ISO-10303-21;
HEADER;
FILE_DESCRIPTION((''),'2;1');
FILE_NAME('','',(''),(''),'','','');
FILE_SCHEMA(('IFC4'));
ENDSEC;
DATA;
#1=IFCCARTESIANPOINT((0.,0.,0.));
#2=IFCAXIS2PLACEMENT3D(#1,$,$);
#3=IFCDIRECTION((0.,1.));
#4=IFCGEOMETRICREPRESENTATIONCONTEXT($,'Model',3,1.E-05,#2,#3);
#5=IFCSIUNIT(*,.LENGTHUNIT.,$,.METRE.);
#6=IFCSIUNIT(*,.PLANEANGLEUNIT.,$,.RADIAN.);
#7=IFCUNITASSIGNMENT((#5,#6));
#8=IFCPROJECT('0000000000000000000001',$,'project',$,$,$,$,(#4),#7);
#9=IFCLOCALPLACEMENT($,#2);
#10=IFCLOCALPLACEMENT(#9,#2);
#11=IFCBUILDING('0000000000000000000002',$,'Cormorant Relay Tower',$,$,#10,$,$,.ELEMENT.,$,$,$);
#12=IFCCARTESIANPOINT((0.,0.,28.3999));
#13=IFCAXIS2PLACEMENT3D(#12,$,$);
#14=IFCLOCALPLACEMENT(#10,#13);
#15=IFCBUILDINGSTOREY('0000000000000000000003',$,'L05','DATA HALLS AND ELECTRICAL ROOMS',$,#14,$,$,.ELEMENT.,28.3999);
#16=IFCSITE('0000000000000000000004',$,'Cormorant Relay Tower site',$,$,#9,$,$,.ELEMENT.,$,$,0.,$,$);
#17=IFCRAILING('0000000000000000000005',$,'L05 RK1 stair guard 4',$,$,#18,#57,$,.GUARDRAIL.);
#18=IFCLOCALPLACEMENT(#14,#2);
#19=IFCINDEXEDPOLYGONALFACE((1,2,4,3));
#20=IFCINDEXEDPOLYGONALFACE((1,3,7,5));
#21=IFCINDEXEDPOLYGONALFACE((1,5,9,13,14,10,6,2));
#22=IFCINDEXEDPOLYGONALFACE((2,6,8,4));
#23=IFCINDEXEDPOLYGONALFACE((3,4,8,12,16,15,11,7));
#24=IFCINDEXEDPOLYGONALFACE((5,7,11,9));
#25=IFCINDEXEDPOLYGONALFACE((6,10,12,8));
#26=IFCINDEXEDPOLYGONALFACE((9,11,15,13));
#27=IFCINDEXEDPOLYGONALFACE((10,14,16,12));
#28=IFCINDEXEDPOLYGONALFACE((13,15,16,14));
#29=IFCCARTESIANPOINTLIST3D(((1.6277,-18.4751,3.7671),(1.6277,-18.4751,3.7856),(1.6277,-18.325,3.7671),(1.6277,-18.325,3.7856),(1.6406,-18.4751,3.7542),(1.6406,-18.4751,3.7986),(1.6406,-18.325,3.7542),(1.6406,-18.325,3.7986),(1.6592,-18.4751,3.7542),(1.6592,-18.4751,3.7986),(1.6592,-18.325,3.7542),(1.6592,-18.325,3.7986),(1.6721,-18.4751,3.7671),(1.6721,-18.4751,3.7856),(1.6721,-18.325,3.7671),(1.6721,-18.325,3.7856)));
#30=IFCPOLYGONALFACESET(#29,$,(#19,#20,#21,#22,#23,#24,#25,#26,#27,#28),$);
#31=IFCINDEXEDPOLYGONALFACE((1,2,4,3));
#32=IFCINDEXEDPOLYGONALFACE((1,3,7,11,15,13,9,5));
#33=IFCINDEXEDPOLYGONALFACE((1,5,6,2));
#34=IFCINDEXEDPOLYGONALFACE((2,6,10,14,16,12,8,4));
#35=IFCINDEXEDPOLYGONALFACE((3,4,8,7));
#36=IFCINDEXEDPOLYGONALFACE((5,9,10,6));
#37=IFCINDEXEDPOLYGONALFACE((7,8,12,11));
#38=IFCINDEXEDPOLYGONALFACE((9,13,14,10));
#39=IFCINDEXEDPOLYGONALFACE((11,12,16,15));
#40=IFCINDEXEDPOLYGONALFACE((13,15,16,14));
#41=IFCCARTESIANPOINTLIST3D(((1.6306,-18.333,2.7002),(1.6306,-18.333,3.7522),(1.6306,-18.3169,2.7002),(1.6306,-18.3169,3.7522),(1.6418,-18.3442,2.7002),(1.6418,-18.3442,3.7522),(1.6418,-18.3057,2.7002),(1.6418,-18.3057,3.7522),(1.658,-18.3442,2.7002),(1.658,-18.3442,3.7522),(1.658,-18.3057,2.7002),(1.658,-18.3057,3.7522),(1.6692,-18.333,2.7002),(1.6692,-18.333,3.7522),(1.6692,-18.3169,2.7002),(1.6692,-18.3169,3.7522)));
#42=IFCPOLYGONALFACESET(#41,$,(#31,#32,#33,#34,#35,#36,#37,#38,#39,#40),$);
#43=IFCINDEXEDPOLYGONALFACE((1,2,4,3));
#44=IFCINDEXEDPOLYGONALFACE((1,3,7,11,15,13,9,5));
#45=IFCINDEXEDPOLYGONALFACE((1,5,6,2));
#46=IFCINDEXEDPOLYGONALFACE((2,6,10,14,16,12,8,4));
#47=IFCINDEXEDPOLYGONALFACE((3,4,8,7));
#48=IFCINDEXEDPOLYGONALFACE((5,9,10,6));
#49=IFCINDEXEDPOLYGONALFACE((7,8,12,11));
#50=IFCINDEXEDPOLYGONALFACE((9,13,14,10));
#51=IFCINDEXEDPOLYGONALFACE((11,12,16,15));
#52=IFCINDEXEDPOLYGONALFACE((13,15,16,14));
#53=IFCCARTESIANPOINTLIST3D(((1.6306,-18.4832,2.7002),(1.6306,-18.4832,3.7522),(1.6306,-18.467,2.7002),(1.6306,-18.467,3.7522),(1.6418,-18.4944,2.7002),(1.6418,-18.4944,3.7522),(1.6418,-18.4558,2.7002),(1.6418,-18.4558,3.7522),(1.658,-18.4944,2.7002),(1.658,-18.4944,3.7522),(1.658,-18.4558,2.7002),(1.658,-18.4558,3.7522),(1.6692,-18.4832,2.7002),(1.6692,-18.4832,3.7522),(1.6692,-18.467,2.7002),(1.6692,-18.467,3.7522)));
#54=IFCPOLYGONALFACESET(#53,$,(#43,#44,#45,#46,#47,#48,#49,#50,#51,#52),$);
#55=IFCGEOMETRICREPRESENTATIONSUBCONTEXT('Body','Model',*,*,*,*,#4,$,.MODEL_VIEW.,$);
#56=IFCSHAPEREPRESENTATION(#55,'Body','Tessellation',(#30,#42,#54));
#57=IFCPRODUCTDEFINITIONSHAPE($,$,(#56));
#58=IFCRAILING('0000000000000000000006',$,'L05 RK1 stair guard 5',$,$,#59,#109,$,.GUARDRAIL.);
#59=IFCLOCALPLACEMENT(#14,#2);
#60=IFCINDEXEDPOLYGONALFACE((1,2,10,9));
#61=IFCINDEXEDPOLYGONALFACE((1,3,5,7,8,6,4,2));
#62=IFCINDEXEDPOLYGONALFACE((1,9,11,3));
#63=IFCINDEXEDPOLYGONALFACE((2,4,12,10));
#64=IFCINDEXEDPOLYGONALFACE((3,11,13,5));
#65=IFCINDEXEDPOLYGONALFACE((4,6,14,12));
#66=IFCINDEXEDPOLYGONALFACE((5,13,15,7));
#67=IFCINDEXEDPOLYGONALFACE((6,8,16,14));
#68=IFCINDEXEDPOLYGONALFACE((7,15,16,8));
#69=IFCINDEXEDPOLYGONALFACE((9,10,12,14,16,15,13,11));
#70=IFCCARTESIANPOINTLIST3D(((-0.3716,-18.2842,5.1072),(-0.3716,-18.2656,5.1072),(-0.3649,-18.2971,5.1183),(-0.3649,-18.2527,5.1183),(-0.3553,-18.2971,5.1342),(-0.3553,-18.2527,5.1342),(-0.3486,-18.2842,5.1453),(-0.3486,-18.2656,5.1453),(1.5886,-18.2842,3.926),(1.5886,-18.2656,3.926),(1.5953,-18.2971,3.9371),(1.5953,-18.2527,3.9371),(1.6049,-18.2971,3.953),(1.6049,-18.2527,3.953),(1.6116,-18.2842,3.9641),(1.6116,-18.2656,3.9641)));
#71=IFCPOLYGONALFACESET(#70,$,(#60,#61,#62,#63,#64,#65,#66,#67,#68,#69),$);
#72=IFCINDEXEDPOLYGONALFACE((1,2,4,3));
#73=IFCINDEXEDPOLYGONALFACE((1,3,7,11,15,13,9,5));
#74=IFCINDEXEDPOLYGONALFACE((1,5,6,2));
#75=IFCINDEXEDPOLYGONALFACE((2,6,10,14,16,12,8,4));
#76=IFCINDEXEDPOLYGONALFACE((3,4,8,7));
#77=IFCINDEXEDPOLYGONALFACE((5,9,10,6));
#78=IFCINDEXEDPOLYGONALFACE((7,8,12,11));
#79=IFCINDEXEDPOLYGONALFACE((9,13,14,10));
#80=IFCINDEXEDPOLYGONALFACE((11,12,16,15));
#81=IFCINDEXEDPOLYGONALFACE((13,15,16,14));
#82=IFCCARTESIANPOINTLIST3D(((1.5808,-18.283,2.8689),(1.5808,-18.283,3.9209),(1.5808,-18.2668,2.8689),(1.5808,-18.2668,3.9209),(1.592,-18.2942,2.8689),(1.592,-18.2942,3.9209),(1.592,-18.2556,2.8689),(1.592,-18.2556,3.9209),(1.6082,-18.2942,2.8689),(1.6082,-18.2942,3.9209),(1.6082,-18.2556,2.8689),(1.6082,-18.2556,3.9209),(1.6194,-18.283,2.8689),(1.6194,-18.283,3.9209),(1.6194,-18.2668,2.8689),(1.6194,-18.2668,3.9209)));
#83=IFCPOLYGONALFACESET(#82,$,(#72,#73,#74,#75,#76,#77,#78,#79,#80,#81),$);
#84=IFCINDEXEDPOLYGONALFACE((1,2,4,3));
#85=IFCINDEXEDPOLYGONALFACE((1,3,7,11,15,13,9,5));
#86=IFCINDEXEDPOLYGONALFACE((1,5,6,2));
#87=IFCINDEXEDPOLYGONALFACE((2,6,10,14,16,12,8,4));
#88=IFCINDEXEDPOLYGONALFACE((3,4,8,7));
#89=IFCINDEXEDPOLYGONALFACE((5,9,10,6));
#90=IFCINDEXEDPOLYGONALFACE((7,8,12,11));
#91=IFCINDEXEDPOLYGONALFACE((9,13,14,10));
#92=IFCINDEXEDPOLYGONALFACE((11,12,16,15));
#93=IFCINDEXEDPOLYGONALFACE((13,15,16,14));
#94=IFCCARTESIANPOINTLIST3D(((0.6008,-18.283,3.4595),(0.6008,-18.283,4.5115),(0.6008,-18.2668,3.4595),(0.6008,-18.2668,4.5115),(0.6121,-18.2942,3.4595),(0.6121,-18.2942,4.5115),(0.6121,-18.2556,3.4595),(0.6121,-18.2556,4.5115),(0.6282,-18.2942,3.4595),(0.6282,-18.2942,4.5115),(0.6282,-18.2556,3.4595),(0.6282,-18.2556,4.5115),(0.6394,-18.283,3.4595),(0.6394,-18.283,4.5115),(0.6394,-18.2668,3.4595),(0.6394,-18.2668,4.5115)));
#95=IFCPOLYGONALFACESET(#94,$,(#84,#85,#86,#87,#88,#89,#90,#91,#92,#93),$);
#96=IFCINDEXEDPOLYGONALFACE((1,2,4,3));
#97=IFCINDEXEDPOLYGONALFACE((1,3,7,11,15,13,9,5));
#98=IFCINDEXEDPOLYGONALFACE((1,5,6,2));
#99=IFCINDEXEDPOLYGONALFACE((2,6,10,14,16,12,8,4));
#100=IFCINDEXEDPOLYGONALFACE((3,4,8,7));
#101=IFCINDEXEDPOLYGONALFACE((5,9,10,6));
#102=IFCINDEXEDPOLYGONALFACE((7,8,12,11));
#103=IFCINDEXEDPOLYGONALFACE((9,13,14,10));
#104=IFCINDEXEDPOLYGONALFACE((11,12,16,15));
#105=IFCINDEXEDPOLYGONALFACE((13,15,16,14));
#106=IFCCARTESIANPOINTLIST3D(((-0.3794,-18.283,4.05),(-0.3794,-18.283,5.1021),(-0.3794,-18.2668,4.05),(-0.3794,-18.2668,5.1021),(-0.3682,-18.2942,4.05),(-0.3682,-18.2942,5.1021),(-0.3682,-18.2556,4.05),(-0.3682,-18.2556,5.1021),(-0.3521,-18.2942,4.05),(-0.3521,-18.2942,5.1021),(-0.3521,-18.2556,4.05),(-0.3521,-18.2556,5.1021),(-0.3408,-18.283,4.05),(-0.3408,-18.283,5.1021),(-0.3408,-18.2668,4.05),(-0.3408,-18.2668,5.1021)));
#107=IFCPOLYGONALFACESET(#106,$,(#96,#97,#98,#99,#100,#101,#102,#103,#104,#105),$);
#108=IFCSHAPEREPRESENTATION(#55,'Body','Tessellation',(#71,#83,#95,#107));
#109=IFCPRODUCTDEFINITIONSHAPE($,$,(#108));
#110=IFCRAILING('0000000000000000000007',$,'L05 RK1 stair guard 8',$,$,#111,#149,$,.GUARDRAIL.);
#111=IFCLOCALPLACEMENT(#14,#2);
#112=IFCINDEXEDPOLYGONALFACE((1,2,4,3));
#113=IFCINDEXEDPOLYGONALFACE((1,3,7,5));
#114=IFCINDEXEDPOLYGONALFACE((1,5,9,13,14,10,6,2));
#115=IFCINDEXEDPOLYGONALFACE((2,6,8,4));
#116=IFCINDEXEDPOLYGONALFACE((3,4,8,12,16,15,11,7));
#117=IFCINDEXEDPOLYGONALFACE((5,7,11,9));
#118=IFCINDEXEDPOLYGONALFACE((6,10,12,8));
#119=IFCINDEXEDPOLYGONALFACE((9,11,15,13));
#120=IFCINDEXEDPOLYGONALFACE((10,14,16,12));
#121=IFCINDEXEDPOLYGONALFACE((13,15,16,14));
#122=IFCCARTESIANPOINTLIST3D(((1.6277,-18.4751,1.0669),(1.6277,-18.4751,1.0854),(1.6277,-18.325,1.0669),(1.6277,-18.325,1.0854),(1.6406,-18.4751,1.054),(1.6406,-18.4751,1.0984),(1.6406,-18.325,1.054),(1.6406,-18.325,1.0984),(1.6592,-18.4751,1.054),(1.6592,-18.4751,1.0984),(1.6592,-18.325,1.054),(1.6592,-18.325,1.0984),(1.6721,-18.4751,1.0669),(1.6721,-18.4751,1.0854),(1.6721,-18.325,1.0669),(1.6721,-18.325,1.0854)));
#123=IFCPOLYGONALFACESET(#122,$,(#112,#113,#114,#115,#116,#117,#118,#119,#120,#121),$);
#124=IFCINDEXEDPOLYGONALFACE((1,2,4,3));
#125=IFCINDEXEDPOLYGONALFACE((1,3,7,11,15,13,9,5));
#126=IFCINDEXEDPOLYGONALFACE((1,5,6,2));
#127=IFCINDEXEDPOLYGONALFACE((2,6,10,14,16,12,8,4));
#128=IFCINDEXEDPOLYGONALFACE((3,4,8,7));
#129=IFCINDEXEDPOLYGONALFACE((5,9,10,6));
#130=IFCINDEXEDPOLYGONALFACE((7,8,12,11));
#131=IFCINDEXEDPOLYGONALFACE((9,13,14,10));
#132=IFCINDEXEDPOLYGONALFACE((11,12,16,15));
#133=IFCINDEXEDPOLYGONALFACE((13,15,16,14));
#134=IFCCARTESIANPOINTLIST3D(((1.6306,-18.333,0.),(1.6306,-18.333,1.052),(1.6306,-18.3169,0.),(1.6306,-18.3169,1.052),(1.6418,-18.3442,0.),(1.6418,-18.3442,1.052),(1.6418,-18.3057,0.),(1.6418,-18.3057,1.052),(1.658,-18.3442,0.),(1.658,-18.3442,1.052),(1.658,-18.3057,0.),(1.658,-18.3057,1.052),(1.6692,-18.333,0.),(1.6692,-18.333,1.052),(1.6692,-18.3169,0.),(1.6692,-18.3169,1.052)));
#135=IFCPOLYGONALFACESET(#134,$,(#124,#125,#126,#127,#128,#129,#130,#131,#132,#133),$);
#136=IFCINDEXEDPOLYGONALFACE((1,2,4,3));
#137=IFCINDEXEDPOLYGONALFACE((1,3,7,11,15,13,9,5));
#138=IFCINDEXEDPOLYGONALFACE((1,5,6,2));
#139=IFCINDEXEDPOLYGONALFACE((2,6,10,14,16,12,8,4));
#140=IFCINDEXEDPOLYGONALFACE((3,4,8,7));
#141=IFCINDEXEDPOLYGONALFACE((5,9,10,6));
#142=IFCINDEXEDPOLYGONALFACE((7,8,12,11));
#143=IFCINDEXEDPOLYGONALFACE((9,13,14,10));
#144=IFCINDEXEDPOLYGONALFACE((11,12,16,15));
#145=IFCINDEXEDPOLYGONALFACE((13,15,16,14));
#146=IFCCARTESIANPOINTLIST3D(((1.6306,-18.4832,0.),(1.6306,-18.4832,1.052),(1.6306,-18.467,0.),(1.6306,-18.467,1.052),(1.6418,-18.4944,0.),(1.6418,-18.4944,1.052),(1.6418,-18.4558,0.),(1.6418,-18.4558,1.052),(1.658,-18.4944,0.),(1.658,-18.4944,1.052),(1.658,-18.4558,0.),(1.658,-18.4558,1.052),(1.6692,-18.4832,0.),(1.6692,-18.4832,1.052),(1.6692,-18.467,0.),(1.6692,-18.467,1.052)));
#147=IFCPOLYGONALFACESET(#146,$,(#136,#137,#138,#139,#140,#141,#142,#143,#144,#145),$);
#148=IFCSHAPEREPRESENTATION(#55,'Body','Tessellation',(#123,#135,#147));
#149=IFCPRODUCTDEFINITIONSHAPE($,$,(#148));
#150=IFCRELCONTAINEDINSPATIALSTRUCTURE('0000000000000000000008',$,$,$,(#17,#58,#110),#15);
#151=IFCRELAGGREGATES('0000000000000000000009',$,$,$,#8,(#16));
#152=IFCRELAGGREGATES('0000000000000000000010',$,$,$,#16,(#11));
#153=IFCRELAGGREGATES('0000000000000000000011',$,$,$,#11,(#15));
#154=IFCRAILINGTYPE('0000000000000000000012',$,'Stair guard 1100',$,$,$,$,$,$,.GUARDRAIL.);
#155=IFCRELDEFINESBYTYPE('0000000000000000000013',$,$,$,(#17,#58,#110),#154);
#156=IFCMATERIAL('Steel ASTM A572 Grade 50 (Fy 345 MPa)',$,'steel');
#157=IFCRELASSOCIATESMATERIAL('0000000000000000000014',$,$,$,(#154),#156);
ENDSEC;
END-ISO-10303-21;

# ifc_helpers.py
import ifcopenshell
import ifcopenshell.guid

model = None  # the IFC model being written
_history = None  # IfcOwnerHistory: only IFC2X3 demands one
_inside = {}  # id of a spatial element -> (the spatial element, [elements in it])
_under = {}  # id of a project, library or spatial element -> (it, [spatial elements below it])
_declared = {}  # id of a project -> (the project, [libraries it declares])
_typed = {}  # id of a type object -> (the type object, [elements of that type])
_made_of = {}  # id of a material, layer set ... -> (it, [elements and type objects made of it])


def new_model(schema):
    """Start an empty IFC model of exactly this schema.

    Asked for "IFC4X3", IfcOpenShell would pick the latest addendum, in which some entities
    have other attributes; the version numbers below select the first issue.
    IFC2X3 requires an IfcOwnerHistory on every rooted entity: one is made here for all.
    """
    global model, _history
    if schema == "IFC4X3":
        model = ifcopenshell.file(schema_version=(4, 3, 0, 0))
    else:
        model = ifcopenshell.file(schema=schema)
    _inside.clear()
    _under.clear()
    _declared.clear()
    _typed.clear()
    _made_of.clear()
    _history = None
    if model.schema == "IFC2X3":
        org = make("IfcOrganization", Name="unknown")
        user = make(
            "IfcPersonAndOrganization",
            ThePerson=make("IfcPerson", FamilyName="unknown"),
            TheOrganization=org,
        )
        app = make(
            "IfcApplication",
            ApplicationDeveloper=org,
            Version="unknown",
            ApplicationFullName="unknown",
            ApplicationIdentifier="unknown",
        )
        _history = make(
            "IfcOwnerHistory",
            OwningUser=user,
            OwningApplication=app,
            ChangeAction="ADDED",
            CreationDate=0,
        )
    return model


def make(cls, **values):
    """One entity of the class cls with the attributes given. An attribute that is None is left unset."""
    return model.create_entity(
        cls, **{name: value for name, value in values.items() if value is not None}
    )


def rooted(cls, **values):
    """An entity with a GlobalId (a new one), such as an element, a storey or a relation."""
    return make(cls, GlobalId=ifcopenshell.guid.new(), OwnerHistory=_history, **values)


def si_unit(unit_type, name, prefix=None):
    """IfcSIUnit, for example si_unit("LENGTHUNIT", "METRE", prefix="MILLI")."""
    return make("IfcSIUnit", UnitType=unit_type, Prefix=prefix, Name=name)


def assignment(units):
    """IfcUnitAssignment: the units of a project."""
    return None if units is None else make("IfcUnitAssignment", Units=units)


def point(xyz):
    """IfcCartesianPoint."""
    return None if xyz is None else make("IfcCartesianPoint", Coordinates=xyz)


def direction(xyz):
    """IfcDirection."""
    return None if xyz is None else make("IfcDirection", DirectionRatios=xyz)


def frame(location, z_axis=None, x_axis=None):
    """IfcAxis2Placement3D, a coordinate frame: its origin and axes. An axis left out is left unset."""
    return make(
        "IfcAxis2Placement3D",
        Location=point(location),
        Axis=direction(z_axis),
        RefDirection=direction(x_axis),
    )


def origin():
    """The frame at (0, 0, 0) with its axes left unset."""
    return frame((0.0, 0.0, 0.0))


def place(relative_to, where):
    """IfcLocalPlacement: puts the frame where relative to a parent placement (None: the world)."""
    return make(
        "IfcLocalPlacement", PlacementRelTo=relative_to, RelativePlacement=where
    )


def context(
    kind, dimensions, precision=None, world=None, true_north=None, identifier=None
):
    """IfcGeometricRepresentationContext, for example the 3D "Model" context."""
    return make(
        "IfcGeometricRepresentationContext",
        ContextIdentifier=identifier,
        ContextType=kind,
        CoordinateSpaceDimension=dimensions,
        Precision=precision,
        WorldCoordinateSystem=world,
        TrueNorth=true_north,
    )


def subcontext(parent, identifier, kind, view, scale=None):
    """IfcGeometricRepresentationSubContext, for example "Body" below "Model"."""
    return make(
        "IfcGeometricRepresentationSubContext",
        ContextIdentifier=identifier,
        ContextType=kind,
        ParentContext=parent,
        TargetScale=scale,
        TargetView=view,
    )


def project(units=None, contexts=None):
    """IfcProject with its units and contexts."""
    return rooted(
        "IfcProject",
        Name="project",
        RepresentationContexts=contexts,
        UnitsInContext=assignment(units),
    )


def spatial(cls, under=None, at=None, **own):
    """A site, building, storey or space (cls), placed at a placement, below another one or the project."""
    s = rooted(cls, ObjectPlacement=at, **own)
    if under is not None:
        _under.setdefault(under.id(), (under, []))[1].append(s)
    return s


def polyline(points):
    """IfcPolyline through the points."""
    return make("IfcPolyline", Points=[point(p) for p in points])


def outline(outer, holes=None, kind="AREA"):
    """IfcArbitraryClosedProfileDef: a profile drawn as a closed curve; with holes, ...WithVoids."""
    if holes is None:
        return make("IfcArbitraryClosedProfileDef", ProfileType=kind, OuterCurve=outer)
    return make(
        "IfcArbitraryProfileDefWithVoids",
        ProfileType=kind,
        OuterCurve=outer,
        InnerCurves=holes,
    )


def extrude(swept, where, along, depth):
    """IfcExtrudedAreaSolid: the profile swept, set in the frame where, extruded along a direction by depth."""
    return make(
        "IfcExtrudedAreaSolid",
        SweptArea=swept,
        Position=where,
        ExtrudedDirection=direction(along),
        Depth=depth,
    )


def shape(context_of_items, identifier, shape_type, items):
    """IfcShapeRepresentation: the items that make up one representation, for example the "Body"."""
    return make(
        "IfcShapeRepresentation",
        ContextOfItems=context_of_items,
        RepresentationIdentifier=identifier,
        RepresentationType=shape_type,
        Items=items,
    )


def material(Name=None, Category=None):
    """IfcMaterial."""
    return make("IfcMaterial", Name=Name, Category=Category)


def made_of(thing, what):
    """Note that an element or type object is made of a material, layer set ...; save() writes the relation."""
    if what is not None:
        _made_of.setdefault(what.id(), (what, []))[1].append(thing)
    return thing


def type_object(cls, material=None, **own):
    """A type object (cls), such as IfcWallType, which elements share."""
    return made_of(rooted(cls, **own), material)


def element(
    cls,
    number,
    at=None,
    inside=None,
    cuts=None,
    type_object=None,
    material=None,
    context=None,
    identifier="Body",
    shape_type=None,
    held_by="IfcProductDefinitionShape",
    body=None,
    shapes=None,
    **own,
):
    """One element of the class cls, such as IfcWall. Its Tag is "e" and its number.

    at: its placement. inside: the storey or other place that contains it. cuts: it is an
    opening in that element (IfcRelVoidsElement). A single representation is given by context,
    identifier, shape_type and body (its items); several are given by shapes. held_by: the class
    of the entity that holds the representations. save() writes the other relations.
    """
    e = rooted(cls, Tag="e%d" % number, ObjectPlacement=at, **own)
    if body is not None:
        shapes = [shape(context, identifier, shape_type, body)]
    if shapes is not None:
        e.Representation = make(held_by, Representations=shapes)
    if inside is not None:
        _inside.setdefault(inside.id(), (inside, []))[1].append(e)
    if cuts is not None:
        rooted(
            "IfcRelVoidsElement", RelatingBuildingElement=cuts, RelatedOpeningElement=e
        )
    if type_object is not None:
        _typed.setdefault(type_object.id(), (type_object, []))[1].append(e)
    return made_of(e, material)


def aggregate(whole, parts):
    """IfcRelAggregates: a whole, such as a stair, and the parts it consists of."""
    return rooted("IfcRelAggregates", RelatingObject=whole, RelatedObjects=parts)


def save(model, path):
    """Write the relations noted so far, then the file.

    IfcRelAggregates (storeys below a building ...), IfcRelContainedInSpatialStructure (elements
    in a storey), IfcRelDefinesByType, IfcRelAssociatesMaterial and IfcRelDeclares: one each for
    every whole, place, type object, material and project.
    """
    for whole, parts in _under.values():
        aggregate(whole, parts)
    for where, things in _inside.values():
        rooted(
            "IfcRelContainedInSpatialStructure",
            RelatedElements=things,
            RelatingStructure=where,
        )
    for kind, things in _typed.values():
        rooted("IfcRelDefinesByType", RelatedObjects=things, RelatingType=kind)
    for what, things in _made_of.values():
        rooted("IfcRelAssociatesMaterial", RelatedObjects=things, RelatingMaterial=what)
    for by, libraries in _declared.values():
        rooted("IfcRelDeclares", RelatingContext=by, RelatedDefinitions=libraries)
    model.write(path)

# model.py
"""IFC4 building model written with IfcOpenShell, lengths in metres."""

from ifc_helpers import new_model, si_unit, direction, frame, origin, place, context, subcontext, project, spatial, polyline, outline, extrude, material, type_object, element, save


model = new_model("IFC4")

# Units and contexts
model_context = context("Model", 3, precision=1e-05, world=origin(), true_north=direction((0.0, 1.0)))
body_context = subcontext(model_context, "Body", "Model", "MODEL_VIEW")
ifc_project = project(units=[si_unit("LENGTHUNIT", "METRE"), si_unit("PLANEANGLEUNIT", "RADIAN")], contexts=[model_context])

# Site, building, storey
site_placement = place(None, origin())
site = spatial("IfcSite", under=ifc_project, at=site_placement, Name="Cormorant Relay Tower site", CompositionType="ELEMENT", RefElevation=0.0)
building_placement = place(site_placement, origin())
building = spatial("IfcBuilding", under=site, at=building_placement, Name="Cormorant Relay Tower", CompositionType="ELEMENT")
storey_placement = place(building_placement, frame((0.0, 0.0, 28.3999)))
storey = spatial("IfcBuildingStorey", under=building, at=storey_placement, Name="L05", Description="DATA HALLS AND ELECTRICAL ROOMS", CompositionType="ELEMENT", Elevation=28.3999)

# Railings
ifc_material_1 = material(Name="Steel ASTM A572 Grade 50 (Fy 345 MPa)", Category="steel")
railing_type_1 = type_object("IfcRailingType", Name="Stair guard 1100", PredefinedType="GUARDRAIL", material=ifc_material_1)
railing_1_placement = place(storey_placement, frame((1.6499, -18.325, 2.7002)))
element("IfcRailing", 1, at=railing_1_placement, inside=storey, type_object=railing_type_1, Name="L05 RK1 stair guard 4", PredefinedType="GUARDRAIL", context=body_context, shape_type="SweptSolid", body=[
    extrude(outline(polyline([(0.0222, 0.0093), (0.0093, 0.0222), (-0.0093, 0.0222), (-0.0222, 0.0093), (-0.0222, -0.0093), (-0.0093, -0.0222), (0.0093, -0.0222), (0.0222, -0.0093), (0.0222, 0.0093)])), frame((0.0, 0.0, 1.0762), z_axis=(0.0, -1.0, 0.0), x_axis=(1.0, 0.0, 0.0)), (0.0, 0.0, 1.0), 0.1501),
    extrude(outline(polyline([(0.0193, 0.0081), (0.0081, 0.0193), (-0.0081, 0.0193), (-0.0193, 0.0081), (-0.0193, -0.0081), (-0.0081, -0.0193), (0.0081, -0.0193), (0.0193, -0.0081), (0.0193, 0.0081)])), origin(), (0.0, 0.0, 1.0), 1.052),
    extrude(outline(polyline([(0.0193, 0.0081), (0.0081, 0.0193), (-0.0081, 0.0193), (-0.0193, 0.0081), (-0.0193, -0.0081), (-0.0081, -0.0193), (0.0081, -0.0193), (0.0193, -0.0081), (0.0193, 0.0081)])), frame((0.0, -0.1501, 0.0)), (0.0, 0.0, 1.0), 1.052),
])
railing_2_placement = place(storey_placement, frame((1.6001, -18.2749, 2.8689)))
element("IfcRailing", 2, at=railing_2_placement, inside=storey, type_object=railing_type_1, Name="L05 RK1 stair guard 5", PredefinedType="GUARDRAIL", context=body_context, shape_type="SweptSolid", body=[
    extrude(outline(polyline([(0.0222, 0.0093), (0.0093, 0.0222), (-0.0093, 0.0222), (-0.0222, 0.0093), (-0.0222, -0.0093), (-0.0093, -0.0222), (0.0093, -0.0222), (0.0222, -0.0093), (0.0222, 0.0093)])), frame((0.0, 0.0, 1.0762), z_axis=(-0.856522, 0.0, 0.516111), x_axis=(0.0, -1.0, 0.0)), (0.0, 0.0, 1.0), 2.2886),
    extrude(outline(polyline([(0.0193, 0.0081), (0.0081, 0.0193), (-0.0081, 0.0193), (-0.0193, 0.0081), (-0.0193, -0.0081), (-0.0081, -0.0193), (0.0081, -0.0193), (0.0193, -0.0081), (0.0193, 0.0081)])), origin(), (0.0, 0.0, 1.0), 1.052),
    extrude(outline(polyline([(0.0193, 0.0081), (0.0081, 0.0193), (-0.0081, 0.0193), (-0.0193, 0.0081), (-0.0193, -0.0081), (-0.0081, -0.0193), (0.0081, -0.0193), (0.0193, -0.0081), (0.0193, 0.0081)])), frame((-0.98, 0.0, 0.5906)), (0.0, 0.0, 1.0), 1.052),
    extrude(outline(polyline([(0.0193, 0.0081), (0.0081, 0.0193), (-0.0081, 0.0193), (-0.0193, 0.0081), (-0.0193, -0.0081), (-0.0081, -0.0193), (0.0081, -0.0193), (0.0193, -0.0081), (0.0193, 0.0081)])), frame((-1.9602, 0.0, 1.1812)), (0.0, 0.0, 1.0), 1.052),
])
railing_3_placement = place(storey_placement, frame((1.6499, -18.325, 0.0)))
element("IfcRailing", 3, at=railing_3_placement, inside=storey, type_object=railing_type_1, Name="L05 RK1 stair guard 8", PredefinedType="GUARDRAIL", context=body_context, shape_type="SweptSolid", body=[
    extrude(outline(polyline([(0.0222, 0.0093), (0.0093, 0.0222), (-0.0093, 0.0222), (-0.0222, 0.0093), (-0.0222, -0.0093), (-0.0093, -0.0222), (0.0093, -0.0222), (0.0222, -0.0093), (0.0222, 0.0093)])), frame((0.0, 0.0, 1.0762), z_axis=(0.0, -1.0, 0.0), x_axis=(1.0, 0.0, 0.0)), (0.0, 0.0, 1.0), 0.1501),
    extrude(outline(polyline([(0.0193, 0.0081), (0.0081, 0.0193), (-0.0081, 0.0193), (-0.0193, 0.0081), (-0.0193, -0.0081), (-0.0081, -0.0193), (0.0081, -0.0193), (0.0193, -0.0081), (0.0193, 0.0081)])), origin(), (0.0, 0.0, 1.0), 1.052),
    extrude(outline(polyline([(0.0193, 0.0081), (0.0081, 0.0193), (-0.0081, 0.0193), (-0.0193, 0.0081), (-0.0193, -0.0081), (-0.0081, -0.0193), (0.0081, -0.0193), (0.0193, -0.0081), (0.0193, 0.0081)])), frame((0.0, -0.1501, 0.0)), (0.0, 0.0, 1.0), 1.052),
])

save(model, "model.ifc")
